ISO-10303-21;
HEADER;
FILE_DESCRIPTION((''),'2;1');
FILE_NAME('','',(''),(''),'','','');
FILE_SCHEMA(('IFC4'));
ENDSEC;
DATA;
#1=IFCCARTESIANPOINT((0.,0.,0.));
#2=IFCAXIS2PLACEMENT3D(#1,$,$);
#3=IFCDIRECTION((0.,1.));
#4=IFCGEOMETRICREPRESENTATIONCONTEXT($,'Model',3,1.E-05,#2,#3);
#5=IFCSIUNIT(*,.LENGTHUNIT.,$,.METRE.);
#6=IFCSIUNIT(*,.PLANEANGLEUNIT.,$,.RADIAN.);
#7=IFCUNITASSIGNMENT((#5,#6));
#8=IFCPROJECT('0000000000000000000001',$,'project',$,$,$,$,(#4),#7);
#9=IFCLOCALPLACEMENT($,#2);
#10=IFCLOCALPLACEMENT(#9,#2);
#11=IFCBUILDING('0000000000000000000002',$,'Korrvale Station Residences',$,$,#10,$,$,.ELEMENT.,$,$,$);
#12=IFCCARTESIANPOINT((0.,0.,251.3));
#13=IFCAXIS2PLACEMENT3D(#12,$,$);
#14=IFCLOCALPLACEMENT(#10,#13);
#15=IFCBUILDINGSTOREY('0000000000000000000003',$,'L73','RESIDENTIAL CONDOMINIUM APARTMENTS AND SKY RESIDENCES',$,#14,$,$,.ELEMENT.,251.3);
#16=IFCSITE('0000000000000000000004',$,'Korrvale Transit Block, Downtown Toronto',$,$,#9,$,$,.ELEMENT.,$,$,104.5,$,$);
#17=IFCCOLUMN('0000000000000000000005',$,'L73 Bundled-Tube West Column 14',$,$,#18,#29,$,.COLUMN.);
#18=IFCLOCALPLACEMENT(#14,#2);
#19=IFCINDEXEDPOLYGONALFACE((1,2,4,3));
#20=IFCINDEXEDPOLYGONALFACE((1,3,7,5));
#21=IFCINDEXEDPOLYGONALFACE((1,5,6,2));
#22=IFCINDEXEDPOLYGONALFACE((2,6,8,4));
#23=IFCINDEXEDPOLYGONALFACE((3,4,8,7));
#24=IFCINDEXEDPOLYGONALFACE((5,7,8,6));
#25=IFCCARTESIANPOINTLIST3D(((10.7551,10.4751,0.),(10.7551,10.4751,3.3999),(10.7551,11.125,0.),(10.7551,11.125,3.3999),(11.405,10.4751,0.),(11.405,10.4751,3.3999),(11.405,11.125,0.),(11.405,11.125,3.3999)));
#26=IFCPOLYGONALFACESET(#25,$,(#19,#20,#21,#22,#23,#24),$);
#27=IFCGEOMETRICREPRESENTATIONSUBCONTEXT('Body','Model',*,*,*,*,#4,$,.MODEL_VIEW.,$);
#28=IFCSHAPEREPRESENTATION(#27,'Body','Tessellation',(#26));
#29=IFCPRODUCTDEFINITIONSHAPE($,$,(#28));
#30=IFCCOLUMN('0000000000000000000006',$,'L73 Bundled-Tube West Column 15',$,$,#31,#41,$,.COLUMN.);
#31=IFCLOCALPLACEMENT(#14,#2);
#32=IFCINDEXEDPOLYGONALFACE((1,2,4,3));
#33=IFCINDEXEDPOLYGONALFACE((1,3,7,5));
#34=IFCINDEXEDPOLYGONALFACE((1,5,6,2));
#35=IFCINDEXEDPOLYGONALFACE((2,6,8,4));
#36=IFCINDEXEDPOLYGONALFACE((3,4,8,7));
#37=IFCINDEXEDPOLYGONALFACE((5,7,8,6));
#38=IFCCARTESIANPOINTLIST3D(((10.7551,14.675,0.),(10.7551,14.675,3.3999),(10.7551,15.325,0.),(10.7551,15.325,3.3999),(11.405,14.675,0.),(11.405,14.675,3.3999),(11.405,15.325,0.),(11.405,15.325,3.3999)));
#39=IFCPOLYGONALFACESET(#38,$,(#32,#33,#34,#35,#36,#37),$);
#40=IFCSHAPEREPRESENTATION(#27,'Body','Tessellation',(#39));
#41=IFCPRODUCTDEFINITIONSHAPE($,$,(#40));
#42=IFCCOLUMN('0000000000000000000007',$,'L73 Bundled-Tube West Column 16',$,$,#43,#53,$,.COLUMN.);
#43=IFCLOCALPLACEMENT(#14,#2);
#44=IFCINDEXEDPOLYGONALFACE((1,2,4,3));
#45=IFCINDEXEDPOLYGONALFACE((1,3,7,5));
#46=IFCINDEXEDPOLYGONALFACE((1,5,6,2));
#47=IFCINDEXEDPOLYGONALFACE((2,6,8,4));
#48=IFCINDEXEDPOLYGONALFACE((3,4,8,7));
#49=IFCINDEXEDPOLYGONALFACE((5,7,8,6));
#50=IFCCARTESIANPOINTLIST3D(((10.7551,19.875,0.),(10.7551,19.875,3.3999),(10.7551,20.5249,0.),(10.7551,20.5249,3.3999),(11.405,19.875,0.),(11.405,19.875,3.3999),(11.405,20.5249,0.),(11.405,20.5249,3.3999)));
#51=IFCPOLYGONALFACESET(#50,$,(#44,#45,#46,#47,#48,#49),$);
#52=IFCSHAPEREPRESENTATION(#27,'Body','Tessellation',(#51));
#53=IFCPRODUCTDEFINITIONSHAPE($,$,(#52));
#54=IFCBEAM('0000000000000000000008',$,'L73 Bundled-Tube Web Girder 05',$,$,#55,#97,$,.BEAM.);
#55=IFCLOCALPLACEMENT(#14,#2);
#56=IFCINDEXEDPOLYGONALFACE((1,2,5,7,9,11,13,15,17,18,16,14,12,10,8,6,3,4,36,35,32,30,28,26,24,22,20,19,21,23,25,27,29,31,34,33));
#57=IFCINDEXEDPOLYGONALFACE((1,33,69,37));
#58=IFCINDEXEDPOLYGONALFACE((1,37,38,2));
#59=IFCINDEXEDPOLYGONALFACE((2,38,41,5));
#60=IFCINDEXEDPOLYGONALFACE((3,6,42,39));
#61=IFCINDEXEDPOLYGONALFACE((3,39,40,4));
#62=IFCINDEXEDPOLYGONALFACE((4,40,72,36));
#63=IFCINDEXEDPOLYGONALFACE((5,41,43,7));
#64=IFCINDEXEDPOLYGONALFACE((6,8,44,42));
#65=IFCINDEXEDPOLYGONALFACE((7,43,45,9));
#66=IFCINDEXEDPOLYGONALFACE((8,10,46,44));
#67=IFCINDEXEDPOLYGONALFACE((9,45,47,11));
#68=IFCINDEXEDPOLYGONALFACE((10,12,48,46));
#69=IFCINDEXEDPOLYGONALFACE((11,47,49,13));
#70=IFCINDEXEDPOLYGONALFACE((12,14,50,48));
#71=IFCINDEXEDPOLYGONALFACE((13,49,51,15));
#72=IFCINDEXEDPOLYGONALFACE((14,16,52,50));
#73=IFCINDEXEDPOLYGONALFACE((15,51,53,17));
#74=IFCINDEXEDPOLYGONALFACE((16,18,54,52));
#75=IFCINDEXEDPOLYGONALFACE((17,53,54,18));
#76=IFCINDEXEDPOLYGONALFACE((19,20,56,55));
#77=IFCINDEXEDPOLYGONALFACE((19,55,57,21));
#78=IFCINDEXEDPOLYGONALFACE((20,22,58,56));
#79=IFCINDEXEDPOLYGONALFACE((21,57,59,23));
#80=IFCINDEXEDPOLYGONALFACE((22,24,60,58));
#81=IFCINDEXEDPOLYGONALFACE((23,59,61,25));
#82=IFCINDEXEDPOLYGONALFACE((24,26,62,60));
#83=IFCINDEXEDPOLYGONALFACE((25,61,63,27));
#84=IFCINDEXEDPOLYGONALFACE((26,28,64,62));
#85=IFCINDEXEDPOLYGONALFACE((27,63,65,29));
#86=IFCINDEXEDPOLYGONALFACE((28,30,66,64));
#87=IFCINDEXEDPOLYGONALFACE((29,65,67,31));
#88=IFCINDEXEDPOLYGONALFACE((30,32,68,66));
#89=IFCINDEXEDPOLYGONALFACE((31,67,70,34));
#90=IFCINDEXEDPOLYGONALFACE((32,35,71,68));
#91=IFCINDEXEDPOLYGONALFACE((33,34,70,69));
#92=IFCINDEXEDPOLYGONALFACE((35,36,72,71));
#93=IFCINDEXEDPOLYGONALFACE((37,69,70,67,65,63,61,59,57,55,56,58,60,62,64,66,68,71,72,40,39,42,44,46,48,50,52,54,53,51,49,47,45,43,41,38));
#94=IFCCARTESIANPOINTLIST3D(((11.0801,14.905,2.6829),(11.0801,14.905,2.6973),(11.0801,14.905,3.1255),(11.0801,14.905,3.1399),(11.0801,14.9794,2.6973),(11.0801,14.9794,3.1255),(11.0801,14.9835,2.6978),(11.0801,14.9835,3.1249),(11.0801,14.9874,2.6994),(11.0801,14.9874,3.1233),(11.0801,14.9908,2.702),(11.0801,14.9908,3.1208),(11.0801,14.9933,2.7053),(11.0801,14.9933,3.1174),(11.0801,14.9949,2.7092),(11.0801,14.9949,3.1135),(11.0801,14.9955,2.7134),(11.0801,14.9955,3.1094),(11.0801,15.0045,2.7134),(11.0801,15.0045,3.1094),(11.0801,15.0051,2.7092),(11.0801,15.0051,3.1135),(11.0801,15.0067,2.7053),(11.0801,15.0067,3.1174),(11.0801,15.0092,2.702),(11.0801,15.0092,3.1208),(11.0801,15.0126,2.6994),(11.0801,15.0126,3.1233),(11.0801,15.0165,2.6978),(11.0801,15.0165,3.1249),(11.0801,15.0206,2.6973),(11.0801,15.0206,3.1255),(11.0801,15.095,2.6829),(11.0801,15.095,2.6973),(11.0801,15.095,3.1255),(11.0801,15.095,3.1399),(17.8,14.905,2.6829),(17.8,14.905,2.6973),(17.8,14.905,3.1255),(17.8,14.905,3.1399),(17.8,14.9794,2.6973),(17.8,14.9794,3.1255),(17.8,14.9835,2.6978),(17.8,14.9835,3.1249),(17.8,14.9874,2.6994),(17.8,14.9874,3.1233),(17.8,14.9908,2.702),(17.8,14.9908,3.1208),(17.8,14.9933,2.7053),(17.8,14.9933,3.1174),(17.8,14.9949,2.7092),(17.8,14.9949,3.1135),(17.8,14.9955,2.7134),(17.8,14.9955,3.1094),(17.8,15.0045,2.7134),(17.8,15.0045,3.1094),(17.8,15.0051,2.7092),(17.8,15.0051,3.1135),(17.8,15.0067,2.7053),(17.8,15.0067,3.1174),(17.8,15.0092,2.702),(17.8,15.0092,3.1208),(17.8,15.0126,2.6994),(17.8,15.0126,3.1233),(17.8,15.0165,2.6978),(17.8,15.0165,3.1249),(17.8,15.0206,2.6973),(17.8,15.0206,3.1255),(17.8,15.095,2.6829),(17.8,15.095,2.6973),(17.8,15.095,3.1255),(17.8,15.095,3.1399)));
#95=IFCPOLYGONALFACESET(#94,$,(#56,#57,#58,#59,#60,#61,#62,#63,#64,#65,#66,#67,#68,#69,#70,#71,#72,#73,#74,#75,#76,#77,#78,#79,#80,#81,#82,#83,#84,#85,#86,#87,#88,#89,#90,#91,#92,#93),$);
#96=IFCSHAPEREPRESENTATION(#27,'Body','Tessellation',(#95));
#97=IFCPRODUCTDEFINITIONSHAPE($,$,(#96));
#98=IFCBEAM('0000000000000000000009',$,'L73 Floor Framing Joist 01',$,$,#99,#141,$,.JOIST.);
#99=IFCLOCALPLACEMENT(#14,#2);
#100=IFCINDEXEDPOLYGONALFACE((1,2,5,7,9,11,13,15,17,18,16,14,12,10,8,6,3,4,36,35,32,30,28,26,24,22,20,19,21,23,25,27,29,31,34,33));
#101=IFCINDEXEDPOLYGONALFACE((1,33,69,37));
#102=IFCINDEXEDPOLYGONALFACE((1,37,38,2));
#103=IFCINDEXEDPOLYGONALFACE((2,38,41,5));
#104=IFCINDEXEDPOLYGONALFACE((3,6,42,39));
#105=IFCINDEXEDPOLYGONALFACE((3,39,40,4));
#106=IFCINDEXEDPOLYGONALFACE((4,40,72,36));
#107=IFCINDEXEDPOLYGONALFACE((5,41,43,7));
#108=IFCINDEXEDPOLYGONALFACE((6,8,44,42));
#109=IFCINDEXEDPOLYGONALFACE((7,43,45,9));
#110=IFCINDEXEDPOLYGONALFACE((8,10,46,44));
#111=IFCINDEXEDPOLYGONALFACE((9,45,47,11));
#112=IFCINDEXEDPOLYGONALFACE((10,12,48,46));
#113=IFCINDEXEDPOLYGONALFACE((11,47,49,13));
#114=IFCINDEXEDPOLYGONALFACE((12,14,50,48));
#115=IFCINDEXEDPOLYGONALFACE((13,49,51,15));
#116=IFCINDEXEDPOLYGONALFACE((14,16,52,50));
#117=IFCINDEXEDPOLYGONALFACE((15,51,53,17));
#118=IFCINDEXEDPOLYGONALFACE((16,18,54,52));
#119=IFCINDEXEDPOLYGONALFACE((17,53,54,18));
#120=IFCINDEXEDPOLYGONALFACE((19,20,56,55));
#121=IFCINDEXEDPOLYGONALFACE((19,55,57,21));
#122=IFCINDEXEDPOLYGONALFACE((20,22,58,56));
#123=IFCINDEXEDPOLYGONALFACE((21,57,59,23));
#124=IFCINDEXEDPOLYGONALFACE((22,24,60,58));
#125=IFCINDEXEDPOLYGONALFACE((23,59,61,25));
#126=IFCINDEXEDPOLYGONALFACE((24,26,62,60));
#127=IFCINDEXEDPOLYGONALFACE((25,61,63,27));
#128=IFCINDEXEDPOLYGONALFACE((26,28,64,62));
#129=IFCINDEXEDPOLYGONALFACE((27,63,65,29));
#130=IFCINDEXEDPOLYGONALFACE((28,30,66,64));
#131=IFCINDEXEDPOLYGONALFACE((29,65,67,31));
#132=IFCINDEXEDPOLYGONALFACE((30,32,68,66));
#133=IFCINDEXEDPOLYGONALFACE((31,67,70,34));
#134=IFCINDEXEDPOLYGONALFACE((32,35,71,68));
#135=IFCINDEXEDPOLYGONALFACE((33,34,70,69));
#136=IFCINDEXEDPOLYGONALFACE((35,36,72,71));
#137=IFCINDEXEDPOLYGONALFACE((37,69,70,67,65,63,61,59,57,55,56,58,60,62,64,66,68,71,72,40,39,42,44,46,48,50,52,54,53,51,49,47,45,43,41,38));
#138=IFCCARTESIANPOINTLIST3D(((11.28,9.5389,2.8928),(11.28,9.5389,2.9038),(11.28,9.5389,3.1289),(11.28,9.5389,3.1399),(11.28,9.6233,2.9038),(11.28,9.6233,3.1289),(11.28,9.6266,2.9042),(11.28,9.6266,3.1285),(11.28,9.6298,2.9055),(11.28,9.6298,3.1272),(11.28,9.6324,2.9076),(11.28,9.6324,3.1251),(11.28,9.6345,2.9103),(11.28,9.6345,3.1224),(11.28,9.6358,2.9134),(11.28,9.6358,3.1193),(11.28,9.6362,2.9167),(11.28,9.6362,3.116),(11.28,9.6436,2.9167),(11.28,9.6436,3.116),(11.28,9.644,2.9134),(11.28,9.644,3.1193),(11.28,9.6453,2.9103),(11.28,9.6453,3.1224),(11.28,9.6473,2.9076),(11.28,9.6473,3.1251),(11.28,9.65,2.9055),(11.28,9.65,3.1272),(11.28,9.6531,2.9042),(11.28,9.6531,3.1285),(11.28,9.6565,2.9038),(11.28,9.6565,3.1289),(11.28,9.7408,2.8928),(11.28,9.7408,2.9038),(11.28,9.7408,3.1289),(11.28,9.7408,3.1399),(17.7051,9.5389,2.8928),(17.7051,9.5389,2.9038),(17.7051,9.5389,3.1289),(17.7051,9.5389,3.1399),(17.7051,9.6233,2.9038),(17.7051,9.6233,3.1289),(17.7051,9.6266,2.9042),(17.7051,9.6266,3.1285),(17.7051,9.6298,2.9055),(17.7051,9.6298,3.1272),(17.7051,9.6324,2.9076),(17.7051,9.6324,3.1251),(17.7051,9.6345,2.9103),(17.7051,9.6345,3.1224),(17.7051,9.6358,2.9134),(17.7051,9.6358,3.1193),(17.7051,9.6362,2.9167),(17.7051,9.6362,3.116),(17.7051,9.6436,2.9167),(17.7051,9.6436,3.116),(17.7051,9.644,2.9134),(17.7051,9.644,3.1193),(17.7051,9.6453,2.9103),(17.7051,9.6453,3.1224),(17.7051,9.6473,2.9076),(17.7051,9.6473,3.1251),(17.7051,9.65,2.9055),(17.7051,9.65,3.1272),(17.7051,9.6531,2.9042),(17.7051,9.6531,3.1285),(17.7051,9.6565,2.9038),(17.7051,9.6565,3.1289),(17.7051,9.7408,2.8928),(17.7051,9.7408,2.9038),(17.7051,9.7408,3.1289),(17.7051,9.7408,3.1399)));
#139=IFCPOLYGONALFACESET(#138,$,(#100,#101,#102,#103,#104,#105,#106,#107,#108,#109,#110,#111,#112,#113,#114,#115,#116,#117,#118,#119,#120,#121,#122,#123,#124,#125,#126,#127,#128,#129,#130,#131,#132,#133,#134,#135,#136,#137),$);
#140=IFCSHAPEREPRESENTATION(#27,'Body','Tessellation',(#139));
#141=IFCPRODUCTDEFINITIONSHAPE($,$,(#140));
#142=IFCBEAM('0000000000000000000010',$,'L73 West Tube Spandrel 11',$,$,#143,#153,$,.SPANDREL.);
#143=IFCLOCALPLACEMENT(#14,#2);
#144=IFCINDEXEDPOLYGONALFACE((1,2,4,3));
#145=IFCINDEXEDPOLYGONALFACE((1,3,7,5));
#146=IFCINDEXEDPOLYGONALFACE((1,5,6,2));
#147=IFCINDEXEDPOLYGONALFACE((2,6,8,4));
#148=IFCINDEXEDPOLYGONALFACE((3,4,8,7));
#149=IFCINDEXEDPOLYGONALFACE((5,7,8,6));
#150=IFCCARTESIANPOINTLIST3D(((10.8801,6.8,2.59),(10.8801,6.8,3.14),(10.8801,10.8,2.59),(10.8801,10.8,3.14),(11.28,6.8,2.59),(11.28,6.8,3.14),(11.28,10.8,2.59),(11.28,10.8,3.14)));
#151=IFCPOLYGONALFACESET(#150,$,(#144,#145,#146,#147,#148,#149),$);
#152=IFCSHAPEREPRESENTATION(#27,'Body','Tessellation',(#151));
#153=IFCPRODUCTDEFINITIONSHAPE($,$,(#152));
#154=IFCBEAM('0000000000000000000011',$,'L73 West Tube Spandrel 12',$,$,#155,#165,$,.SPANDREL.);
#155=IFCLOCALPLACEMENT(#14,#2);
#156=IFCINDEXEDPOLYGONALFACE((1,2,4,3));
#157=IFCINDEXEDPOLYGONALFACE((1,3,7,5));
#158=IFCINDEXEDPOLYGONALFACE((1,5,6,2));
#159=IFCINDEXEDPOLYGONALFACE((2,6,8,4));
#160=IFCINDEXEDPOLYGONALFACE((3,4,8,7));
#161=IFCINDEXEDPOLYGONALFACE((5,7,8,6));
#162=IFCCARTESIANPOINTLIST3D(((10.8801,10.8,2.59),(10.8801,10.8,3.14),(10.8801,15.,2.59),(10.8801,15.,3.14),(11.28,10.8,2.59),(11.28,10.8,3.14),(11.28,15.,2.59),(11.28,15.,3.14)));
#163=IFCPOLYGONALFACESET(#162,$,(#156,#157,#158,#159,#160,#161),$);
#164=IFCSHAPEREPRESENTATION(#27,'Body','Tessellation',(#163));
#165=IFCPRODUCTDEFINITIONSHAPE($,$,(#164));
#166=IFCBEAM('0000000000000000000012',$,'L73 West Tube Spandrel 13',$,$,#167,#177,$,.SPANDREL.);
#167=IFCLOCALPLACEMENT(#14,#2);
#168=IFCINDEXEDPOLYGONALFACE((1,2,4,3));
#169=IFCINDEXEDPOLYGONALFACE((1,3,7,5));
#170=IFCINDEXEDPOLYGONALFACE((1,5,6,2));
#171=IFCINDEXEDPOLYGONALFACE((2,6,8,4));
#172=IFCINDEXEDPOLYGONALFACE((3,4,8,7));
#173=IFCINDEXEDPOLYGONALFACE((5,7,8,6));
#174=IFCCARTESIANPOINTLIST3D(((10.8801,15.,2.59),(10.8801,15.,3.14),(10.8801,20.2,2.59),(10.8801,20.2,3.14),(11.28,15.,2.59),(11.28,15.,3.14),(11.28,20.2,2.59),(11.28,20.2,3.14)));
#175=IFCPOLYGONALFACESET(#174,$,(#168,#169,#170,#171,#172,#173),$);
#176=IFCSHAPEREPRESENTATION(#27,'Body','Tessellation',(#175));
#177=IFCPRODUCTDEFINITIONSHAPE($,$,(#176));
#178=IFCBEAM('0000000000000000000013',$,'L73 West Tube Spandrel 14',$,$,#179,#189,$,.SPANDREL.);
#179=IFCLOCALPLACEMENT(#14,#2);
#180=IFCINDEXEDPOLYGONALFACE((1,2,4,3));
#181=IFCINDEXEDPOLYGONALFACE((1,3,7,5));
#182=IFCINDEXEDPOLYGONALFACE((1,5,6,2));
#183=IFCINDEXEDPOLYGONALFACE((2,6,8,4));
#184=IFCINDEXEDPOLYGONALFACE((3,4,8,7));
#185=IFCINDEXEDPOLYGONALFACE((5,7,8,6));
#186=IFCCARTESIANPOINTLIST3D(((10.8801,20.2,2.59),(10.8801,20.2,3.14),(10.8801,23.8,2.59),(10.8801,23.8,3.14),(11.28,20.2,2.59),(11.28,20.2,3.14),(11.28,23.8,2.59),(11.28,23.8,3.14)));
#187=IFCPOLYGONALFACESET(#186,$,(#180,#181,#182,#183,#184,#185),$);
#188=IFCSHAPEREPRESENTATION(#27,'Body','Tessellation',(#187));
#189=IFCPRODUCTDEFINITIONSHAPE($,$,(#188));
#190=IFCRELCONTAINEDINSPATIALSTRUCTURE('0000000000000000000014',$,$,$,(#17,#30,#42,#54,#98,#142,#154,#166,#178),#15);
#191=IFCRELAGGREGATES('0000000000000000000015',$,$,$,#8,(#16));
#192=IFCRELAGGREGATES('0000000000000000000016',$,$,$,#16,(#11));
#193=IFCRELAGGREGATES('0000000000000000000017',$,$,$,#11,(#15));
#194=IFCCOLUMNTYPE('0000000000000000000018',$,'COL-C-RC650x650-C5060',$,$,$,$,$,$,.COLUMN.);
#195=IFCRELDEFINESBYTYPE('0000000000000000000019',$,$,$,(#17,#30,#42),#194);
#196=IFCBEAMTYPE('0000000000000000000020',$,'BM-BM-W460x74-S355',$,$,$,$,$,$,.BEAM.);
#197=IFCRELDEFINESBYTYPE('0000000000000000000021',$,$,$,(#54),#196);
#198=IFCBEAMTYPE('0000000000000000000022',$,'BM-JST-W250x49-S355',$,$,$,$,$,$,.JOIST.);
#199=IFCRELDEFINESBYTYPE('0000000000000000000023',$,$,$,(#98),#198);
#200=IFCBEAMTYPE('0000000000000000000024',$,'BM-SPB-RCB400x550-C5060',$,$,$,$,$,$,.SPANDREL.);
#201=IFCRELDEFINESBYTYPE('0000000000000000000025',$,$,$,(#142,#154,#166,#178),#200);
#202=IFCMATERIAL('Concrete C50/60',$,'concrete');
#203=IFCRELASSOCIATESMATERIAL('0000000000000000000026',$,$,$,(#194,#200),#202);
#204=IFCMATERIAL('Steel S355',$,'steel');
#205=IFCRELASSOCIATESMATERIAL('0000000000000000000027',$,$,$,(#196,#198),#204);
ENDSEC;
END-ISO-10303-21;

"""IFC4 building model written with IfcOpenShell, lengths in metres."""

from ifc_helpers import new_model, si_unit, direction, frame, origin, origin_2d, place, context, subcontext, project, spatial, rectangle, i_section, extrude, material, material_profile, profile_set, type_object, element, save


model = new_model("IFC4")

# Units and contexts
model_context = context("Model", 3, precision=1e-05, world=origin(), true_north=direction((0.0, 1.0)))
body_context = subcontext(model_context, "Body", "Model", "MODEL_VIEW")
ifc_project = project(units=[si_unit("LENGTHUNIT", "METRE"), si_unit("PLANEANGLEUNIT", "RADIAN")], contexts=[model_context])

# Site, building, storey
site_placement = place(None, origin())
site = spatial("IfcSite", under=ifc_project, at=site_placement, Name="Korrvale Transit Block, Downtown Toronto", CompositionType="ELEMENT", RefElevation=104.5)
building_placement = place(site_placement, origin())
building = spatial("IfcBuilding", under=site, at=building_placement, Name="Korrvale Station Residences", CompositionType="ELEMENT")
storey_placement = place(building_placement, frame((0.0, 0.0, 251.3)))
storey = spatial("IfcBuildingStorey", under=building, at=storey_placement, Name="L73", Description="RESIDENTIAL CONDOMINIUM APARTMENTS AND SKY RESIDENCES", CompositionType="ELEMENT", Elevation=251.3)

# Columns
ifc_material_1 = material(Name="Concrete C50/60", Category="concrete")
ifc_material_profile_1 = material_profile(ifc_material_1, rectangle(XDim=0.6499, YDim=0.6499, at=origin_2d()), Name="RC650x650")
ifc_profile_set_1 = profile_set([ifc_material_profile_1], Name="Concrete C50/60")
column_type = type_object("IfcColumnType", Name="COL-C-RC650x650-C5060", PredefinedType="COLUMN", material=ifc_profile_set_1)
for number, where, z_axis, x_axis, name in (
    (1, (11.0801, 10.8, 0.0), (0.0, 0.0, 1.0), (1.0, 0.0, 0.0), "L73 Bundled-Tube West Column 14"),
    (2, (11.0801, 15.0, 0.0), (0.0, 0.0, 1.0), (1.0, 0.0, 0.0), "L73 Bundled-Tube West Column 15"),
    (3, (11.0801, 20.2, 0.0), (0.0, 0.0, 1.0), (1.0, 0.0, 0.0), "L73 Bundled-Tube West Column 16"),
):
    element("IfcColumn", number, at=place(storey_placement, frame(where, z_axis=z_axis, x_axis=x_axis)), inside=storey, type_object=column_type, Name=name, PredefinedType="COLUMN", context=body_context, shape_type="SweptSolid", body=[
        extrude(rectangle(XDim=0.6499, YDim=0.6499, at=origin_2d()), origin(), (0.0, 0.0, 1.0), 3.3999),
    ])

# Beams
ifc_material_2 = material(Name="Steel S355", Category="steel")
ifc_material_profile_2 = material_profile(ifc_material_2, i_section(OverallWidth=0.1899, OverallDepth=0.457, WebThickness=0.009, FlangeThickness=0.0144, FilletRadius=0.0161, at=origin_2d()), Name="W460x74")
ifc_profile_set_2 = profile_set([ifc_material_profile_2], Name="Steel S355")
beam_type_1 = type_object("IfcBeamType", Name="BM-BM-W460x74-S355", PredefinedType="BEAM", material=ifc_profile_set_2)
beam_1_placement = place(storey_placement, frame((11.0801, 15.0, 2.9114), z_axis=(1.0, 0.0, 0.0), x_axis=(0.0, 1.0, 0.0)))
element("IfcBeam", 4, at=beam_1_placement, inside=storey, type_object=beam_type_1, Name="L73 Bundled-Tube Web Girder 05", PredefinedType="BEAM", context=body_context, shape_type="SweptSolid", body=[
    extrude(i_section(OverallWidth=0.1899, OverallDepth=0.457, WebThickness=0.009, FlangeThickness=0.0144, FilletRadius=0.0161, at=origin_2d()), origin(), (0.0, 0.0, 1.0), 6.72),
])
ifc_material_profile_3 = material_profile(ifc_material_2, i_section(OverallWidth=0.2019, OverallDepth=0.2471, WebThickness=0.0073, FlangeThickness=0.011, FilletRadius=0.0129, at=origin_2d()), Name="W250x49")
ifc_profile_set_3 = profile_set([ifc_material_profile_3], Name="Steel S355")
beam_type_2 = type_object("IfcBeamType", Name="BM-JST-W250x49-S355", PredefinedType="JOIST", material=ifc_profile_set_3)
beam_2_placement = place(storey_placement, frame((11.28, 9.6399, 3.0164), z_axis=(1.0, 0.0, 0.0), x_axis=(0.0, 1.0, 0.0)))
element("IfcBeam", 5, at=beam_2_placement, inside=storey, type_object=beam_type_2, Name="L73 Floor Framing Joist 01", PredefinedType="JOIST", context=body_context, shape_type="SweptSolid", body=[
    extrude(i_section(OverallWidth=0.2019, OverallDepth=0.2471, WebThickness=0.0073, FlangeThickness=0.011, FilletRadius=0.0129, at=origin_2d()), origin(), (0.0, 0.0, 1.0), 6.425),
])
ifc_material_profile_4 = material_profile(ifc_material_1, rectangle(XDim=0.3999, YDim=0.55, at=origin_2d()), Name="RCB400x550")
ifc_profile_set_4 = profile_set([ifc_material_profile_4], Name="Concrete C50/60")
beam_type_3 = type_object("IfcBeamType", Name="BM-SPB-RCB400x550-C5060", PredefinedType="SPANDREL", material=ifc_profile_set_4)
beam_3_placement = place(storey_placement, frame((11.0801, 6.8, 2.865), z_axis=(0.0, 1.0, 0.0), x_axis=(-1.0, 0.0, 0.0)))
element("IfcBeam", 6, at=beam_3_placement, inside=storey, type_object=beam_type_3, Name="L73 West Tube Spandrel 11", PredefinedType="SPANDREL", context=body_context, shape_type="SweptSolid", body=[
    extrude(rectangle(XDim=0.3999, YDim=0.55, at=origin_2d()), origin(), (0.0, 0.0, 1.0), 4.0),
])
beam_4_placement = place(storey_placement, frame((11.0801, 10.8, 2.865), z_axis=(0.0, 1.0, 0.0), x_axis=(-1.0, 0.0, 0.0)))
element("IfcBeam", 7, at=beam_4_placement, inside=storey, type_object=beam_type_3, Name="L73 West Tube Spandrel 12", PredefinedType="SPANDREL", context=body_context, shape_type="SweptSolid", body=[
    extrude(rectangle(XDim=0.3999, YDim=0.55, at=origin_2d()), origin(), (0.0, 0.0, 1.0), 4.2),
])
beam_5_placement = place(storey_placement, frame((11.0801, 15.0, 2.865), z_axis=(0.0, 1.0, 0.0), x_axis=(-1.0, 0.0, 0.0)))
element("IfcBeam", 8, at=beam_5_placement, inside=storey, type_object=beam_type_3, Name="L73 West Tube Spandrel 13", PredefinedType="SPANDREL", context=body_context, shape_type="SweptSolid", body=[
    extrude(rectangle(XDim=0.3999, YDim=0.55, at=origin_2d()), origin(), (0.0, 0.0, 1.0), 5.2),
])
beam_6_placement = place(storey_placement, frame((11.0801, 20.2, 2.865), z_axis=(0.0, 1.0, 0.0), x_axis=(-1.0, 0.0, 0.0)))
element("IfcBeam", 9, at=beam_6_placement, inside=storey, type_object=beam_type_3, Name="L73 West Tube Spandrel 14", PredefinedType="SPANDREL", context=body_context, shape_type="SweptSolid", body=[
    extrude(rectangle(XDim=0.3999, YDim=0.55, at=origin_2d()), origin(), (0.0, 0.0, 1.0), 3.6001),
])

save(model, "model.ifc")
